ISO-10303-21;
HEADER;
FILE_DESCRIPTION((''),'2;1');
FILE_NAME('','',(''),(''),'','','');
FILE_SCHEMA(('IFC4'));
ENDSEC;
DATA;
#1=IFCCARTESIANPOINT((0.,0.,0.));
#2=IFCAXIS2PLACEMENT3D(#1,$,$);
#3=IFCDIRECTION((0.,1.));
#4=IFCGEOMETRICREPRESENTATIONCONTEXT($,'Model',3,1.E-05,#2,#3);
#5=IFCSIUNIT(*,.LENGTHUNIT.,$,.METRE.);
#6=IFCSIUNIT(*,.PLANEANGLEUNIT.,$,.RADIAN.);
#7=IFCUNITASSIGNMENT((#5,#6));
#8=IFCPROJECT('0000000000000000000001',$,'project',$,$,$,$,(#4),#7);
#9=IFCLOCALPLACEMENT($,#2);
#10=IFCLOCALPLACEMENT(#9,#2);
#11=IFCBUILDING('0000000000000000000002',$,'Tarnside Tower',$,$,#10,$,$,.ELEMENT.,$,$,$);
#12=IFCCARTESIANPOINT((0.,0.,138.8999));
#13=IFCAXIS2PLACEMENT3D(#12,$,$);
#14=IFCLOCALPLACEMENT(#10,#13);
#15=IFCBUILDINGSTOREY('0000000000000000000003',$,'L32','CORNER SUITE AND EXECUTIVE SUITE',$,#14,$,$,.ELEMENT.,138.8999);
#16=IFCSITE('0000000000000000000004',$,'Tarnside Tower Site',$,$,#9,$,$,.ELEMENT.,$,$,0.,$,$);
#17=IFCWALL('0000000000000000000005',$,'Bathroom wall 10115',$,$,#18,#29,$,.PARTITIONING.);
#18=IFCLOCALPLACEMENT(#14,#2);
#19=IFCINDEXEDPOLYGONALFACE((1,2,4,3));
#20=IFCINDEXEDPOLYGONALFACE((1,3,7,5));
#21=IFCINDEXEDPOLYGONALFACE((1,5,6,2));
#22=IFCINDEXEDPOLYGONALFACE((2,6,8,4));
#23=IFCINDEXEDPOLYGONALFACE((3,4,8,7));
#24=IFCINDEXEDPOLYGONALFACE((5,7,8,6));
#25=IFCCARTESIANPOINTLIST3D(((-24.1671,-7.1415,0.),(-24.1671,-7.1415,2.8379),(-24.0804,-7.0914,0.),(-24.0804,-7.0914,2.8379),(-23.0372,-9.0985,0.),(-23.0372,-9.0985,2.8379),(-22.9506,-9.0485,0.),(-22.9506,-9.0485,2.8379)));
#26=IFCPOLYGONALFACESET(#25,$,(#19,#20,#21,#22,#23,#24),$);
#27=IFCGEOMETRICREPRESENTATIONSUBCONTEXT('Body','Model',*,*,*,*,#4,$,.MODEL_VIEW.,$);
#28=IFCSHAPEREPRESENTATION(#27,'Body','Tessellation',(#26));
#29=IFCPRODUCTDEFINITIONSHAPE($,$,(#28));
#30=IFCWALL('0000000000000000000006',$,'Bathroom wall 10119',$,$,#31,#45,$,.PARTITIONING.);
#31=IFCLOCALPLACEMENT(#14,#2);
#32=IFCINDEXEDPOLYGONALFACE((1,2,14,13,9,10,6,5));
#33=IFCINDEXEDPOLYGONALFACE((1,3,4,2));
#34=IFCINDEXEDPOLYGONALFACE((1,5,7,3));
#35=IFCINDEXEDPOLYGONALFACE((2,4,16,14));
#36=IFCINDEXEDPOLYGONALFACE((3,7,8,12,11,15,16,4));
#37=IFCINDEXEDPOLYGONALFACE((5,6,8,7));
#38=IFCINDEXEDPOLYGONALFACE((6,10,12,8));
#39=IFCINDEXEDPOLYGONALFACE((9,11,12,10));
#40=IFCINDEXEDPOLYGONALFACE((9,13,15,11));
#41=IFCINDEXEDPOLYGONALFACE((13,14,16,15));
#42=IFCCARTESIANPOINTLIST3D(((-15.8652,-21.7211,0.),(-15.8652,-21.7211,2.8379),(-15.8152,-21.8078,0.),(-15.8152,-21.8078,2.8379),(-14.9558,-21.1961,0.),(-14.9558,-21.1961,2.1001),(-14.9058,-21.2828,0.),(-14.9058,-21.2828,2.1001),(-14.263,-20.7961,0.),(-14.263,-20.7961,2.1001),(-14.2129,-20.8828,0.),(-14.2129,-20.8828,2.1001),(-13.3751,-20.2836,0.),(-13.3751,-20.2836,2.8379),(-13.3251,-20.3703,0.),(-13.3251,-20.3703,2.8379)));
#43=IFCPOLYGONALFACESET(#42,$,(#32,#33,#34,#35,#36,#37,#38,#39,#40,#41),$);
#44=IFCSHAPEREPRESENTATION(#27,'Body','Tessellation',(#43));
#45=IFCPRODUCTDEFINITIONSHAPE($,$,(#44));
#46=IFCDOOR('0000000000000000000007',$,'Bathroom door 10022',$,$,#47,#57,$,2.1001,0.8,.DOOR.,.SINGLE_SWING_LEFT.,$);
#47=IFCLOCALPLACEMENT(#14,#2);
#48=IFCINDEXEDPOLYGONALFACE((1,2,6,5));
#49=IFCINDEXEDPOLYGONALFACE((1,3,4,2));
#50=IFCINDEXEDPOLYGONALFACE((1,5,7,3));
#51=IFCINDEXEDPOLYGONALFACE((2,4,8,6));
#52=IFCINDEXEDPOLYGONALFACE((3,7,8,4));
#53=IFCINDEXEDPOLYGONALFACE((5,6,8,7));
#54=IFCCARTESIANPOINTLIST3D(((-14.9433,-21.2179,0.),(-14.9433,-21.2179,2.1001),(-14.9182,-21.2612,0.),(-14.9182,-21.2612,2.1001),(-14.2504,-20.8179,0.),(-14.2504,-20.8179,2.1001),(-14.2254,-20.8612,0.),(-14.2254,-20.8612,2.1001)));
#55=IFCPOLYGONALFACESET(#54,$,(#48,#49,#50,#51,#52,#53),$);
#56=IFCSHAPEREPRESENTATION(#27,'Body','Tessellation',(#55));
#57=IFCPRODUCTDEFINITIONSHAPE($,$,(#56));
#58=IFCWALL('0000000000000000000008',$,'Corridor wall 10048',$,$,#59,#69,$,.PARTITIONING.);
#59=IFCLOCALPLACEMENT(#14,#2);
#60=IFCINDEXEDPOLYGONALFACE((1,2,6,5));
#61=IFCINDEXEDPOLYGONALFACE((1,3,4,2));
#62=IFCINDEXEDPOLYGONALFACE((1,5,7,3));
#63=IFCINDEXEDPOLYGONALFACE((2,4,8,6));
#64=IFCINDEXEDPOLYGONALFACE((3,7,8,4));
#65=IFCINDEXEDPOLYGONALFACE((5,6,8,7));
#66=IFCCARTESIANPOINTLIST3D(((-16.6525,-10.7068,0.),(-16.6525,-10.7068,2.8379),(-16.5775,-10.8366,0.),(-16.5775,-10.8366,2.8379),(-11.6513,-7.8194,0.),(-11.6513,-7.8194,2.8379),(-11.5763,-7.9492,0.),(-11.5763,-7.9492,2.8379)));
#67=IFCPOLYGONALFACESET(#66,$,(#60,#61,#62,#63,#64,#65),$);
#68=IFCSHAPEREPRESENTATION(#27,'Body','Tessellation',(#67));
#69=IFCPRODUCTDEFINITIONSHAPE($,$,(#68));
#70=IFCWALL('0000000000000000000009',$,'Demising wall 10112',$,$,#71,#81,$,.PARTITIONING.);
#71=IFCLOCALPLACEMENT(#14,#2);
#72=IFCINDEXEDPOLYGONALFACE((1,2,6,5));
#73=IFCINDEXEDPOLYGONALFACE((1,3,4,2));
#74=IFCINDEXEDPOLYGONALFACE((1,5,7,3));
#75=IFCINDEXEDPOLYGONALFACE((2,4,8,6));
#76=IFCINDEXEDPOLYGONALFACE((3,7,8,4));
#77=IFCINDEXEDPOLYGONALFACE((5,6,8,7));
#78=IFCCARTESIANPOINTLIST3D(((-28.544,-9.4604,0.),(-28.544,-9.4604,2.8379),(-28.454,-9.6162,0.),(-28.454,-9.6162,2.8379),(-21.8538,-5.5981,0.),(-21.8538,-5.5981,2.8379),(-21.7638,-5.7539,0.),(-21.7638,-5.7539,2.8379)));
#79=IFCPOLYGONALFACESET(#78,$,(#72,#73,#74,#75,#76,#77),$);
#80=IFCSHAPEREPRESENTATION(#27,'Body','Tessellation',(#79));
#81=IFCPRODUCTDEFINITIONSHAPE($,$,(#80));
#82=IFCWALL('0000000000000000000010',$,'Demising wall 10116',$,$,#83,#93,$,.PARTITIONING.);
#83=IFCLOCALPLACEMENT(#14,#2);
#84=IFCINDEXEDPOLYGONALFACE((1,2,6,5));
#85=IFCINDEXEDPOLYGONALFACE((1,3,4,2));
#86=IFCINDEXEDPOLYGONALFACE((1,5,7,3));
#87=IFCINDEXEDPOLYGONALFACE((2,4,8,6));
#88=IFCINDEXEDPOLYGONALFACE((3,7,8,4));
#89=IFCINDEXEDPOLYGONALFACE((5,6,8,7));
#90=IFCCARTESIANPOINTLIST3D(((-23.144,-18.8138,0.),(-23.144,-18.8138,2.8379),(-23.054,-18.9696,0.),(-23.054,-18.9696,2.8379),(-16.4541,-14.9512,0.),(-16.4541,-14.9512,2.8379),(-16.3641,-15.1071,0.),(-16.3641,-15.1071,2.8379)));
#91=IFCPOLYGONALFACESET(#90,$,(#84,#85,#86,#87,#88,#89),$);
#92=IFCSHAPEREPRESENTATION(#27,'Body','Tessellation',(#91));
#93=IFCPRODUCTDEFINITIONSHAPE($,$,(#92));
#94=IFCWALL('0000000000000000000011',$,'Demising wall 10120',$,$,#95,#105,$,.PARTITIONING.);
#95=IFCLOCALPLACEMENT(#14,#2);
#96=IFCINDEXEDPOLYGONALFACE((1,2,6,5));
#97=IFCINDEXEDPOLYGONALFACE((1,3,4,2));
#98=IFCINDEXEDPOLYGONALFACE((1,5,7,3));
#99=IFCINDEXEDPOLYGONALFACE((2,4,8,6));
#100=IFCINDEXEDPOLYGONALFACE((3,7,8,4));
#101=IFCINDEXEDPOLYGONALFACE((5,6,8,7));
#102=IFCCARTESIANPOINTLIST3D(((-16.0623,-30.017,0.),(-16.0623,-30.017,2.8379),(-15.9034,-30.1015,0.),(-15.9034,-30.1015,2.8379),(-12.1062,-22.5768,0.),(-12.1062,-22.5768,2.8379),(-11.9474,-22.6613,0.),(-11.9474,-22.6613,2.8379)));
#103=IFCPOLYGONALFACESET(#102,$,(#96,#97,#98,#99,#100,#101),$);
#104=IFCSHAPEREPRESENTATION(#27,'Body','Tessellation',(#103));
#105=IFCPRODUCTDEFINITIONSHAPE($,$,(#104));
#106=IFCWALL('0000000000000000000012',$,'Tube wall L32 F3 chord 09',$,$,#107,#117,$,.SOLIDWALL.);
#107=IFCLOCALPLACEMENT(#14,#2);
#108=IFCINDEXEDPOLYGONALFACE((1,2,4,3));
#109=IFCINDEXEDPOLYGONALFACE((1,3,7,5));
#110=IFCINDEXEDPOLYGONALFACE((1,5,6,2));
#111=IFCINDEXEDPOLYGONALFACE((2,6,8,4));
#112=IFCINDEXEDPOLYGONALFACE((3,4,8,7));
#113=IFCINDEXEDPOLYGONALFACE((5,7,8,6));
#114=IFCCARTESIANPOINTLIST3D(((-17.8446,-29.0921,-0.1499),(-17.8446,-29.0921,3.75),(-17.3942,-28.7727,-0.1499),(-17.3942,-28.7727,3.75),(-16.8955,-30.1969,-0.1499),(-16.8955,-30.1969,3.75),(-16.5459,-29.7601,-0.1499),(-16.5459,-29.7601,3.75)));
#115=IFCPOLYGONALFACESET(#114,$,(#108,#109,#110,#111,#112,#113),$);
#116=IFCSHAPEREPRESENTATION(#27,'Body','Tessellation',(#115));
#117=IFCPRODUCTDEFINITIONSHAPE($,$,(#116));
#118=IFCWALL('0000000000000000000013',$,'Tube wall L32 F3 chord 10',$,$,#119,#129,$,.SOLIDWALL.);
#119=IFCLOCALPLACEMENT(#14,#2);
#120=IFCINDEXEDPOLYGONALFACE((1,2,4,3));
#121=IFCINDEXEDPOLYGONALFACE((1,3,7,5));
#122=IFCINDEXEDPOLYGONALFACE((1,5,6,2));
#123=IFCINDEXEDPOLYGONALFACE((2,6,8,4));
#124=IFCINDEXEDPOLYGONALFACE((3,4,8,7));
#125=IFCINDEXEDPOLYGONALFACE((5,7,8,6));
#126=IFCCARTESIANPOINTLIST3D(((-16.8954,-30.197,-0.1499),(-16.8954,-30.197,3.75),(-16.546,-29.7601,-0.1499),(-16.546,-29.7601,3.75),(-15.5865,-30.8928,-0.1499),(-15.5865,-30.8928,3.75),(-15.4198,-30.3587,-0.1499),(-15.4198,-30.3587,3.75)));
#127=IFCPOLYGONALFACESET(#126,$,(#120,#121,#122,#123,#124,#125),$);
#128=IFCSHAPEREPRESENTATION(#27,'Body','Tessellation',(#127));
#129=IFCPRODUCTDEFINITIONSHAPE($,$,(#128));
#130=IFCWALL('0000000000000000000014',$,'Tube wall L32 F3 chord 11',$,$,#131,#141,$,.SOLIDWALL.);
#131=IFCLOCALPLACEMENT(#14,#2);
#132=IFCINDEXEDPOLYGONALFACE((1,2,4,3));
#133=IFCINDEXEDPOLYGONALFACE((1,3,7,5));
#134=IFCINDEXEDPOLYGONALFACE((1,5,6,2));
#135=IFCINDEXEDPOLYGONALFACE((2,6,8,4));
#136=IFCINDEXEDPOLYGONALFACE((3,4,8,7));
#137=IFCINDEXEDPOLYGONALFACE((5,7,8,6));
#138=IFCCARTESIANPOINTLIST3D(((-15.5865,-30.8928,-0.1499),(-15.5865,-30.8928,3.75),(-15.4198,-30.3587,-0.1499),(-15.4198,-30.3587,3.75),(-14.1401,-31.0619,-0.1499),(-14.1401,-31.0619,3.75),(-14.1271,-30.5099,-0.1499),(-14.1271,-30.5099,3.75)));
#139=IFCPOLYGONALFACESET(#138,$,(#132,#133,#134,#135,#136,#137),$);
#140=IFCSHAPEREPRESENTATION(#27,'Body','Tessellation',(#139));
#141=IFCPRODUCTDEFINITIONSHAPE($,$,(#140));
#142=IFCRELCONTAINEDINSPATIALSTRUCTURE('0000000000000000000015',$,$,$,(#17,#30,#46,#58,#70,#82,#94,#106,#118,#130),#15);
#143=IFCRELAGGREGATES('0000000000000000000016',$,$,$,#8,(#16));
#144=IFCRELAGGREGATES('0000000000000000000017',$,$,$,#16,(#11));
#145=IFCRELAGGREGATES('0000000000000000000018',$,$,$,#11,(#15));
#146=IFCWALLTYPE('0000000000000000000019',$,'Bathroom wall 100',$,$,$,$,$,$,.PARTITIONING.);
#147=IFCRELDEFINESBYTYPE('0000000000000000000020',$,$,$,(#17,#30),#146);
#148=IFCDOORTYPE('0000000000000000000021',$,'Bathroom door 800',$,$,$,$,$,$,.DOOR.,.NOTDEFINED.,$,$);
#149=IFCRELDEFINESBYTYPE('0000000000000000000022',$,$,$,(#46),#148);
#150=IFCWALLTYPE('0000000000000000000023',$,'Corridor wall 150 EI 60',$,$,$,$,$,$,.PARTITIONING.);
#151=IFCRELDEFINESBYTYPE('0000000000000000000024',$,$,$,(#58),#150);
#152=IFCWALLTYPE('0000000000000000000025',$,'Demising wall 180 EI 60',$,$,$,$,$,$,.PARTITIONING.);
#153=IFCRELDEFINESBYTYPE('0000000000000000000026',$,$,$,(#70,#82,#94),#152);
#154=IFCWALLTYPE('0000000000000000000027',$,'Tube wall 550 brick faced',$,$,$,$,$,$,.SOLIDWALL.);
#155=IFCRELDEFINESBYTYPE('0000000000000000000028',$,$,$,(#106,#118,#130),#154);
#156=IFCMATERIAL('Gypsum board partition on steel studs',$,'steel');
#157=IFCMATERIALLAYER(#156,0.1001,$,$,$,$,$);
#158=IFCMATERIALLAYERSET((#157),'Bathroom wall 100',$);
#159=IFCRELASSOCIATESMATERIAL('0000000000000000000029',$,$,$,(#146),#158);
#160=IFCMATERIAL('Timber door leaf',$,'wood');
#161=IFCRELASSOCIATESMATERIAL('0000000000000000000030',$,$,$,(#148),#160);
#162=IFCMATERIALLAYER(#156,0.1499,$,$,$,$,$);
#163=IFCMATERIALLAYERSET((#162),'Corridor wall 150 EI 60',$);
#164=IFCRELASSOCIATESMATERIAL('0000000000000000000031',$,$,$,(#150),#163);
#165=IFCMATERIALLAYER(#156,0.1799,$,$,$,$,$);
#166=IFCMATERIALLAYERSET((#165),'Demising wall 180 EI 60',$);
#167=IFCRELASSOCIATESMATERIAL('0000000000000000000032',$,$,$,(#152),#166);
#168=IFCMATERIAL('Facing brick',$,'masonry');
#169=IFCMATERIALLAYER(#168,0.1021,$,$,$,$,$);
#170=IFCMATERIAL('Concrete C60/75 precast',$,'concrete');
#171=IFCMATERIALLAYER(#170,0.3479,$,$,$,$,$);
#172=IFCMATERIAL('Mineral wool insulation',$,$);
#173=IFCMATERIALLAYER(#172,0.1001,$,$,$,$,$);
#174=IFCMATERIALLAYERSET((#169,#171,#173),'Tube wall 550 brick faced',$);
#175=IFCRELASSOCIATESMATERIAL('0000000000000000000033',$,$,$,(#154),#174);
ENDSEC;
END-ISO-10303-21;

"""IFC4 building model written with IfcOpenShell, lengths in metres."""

from ifc_helpers import new_model, si_unit, direction, frame, frame_2d, origin, place, context, subcontext, project, spatial, polyline, rectangle, outline, extrude, material, layer, layer_set, type_object, element, fill, save


model = new_model("IFC4")

# Units and contexts
model_context = context("Model", 3, precision=1e-05, world=origin(), true_north=direction((0.0, 1.0)))
body_context = subcontext(model_context, "Body", "Model", "MODEL_VIEW")
ifc_project = project(units=[si_unit("LENGTHUNIT", "METRE"), si_unit("PLANEANGLEUNIT", "RADIAN")], contexts=[model_context])

# Site, building, storey
site_placement = place(None, origin())
site = spatial("IfcSite", under=ifc_project, at=site_placement, Name="Tarnside Tower Site", CompositionType="ELEMENT", RefElevation=0.0)
building_placement = place(site_placement, origin())
building = spatial("IfcBuilding", under=site, at=building_placement, Name="Tarnside Tower", CompositionType="ELEMENT")
storey_placement = place(building_placement, frame((0.0, 0.0, 138.8999)))
storey = spatial("IfcBuildingStorey", under=building, at=storey_placement, Name="L32", Description="CORNER SUITE AND EXECUTIVE SUITE", CompositionType="ELEMENT", Elevation=138.8999)

# Wall
ifc_material_1 = material(Name="Gypsum board partition on steel studs", Category="steel")
ifc_layer_1 = layer(ifc_material_1, 0.1001)
ifc_layer_set_1 = layer_set([ifc_layer_1], Name="Bathroom wall 100")
wall_type_1 = type_object("IfcWallType", Name="Bathroom wall 100", PredefinedType="PARTITIONING", material=ifc_layer_set_1)
wall_1_placement = place(storey_placement, frame((-22.9939, -9.0735, 0.0), z_axis=(0.0, 0.0, 1.0), x_axis=(-0.499997, 0.866027, 0.0)))
element("IfcWall", 1, at=wall_1_placement, inside=storey, type_object=wall_type_1, Name="Bathroom wall 10115", PredefinedType="PARTITIONING", context=body_context, shape_type="SweptSolid", body=[
    extrude(rectangle(XDim=2.2598, YDim=0.1001, at=frame_2d((1.1299, 0.0))), origin(), (0.0, 0.0, 1.0), 2.8379),
])

# Wall, opening, door
wall_2_placement = place(storey_placement, frame((-15.8401, -21.7644, 0.0), z_axis=(0.0, 0.0, 1.0), x_axis=(0.86604, 0.499975, 0.0)))
wall_2 = element("IfcWall", 2, at=wall_2_placement, inside=storey, type_object=wall_type_1, Name="Bathroom wall 10119", PredefinedType="PARTITIONING", context=body_context, shape_type="SweptSolid", body=[
    extrude(rectangle(XDim=2.8752, YDim=0.1001, at=frame_2d((1.4375, 0.0))), origin(), (0.0, 0.0, 1.0), 2.8379),
])
opening_placement = place(wall_2_placement, frame((1.05, 0.0, 0.0)))
opening = element("IfcOpeningElement", 3, at=opening_placement, cuts=wall_2, PredefinedType="OPENING", context=body_context, shape_type="SweptSolid", body=[
    extrude(rectangle(XDim=0.8, YDim=2.1001, at=frame_2d((0.3999, 1.05))), frame((0.0, 0.0601, 0.0), z_axis=(0.0, -1.0, 0.0), x_axis=(1.0, 0.0, 0.0)), (0.0, 0.0, 1.0), 0.1201),
])
ifc_material_2 = material(Name="Timber door leaf", Category="wood")
door_type = type_object("IfcDoorType", Name="Bathroom door 800", OperationType="NOTDEFINED", PredefinedType="DOOR", material=ifc_material_2)
door_placement = place(opening_placement, origin())
door = element("IfcDoor", 4, at=door_placement, inside=storey, type_object=door_type, Name="Bathroom door 10022", OperationType="SINGLE_SWING_LEFT", OverallHeight=2.1001, OverallWidth=0.8, PredefinedType="DOOR", context=body_context, shape_type="SweptSolid", body=[
    extrude(rectangle(XDim=0.8, YDim=2.1001, at=frame_2d((0.3999, 1.05))), frame((0.0, 0.0249, 0.0), z_axis=(0.0, -1.0, 0.0), x_axis=(1.0, 0.0, 0.0)), (0.0, 0.0, 1.0), 0.05),
])
fill(opening, door)

# Walls
ifc_layer_2 = layer(ifc_material_1, 0.1499)
ifc_layer_set_2 = layer_set([ifc_layer_2], Name="Corridor wall 150 EI 60")
wall_type_2 = type_object("IfcWallType", Name="Corridor wall 150 EI 60", PredefinedType="PARTITIONING", material=ifc_layer_set_2)
wall_3_placement = place(storey_placement, frame((-16.615, -10.7717, 0.0), z_axis=(0.0, 0.0, 1.0), x_axis=(0.866026, 0.499999, 0.0)))
element("IfcWall", 5, at=wall_3_placement, inside=storey, type_object=wall_type_2, Name="Corridor wall 10048", PredefinedType="PARTITIONING", context=body_context, shape_type="SweptSolid", body=[
    extrude(rectangle(XDim=5.7749, YDim=0.1499, at=frame_2d((2.8875, 0.0))), origin(), (0.0, 0.0, 1.0), 2.8379),
])
ifc_layer_3 = layer(ifc_material_1, 0.1799)
ifc_layer_set_3 = layer_set([ifc_layer_3], Name="Demising wall 180 EI 60")
wall_type_3 = type_object("IfcWallType", Name="Demising wall 180 EI 60", PredefinedType="PARTITIONING", material=ifc_layer_set_3)
wall_4_placement = place(storey_placement, frame((-28.499, -9.5383, 0.0), z_axis=(0.0, 0.0, 1.0), x_axis=(0.866041, 0.499973, 0.0)))
element("IfcWall", 6, at=wall_4_placement, inside=storey, type_object=wall_type_3, Name="Demising wall 10112", PredefinedType="PARTITIONING", context=body_context, shape_type="SweptSolid", body=[
    extrude(rectangle(XDim=7.7251, YDim=0.1799, at=frame_2d((3.8625, 0.0))), origin(), (0.0, 0.0, 1.0), 2.8379),
])
wall_5_placement = place(storey_placement, frame((-23.0989, -18.8916, 0.0), z_axis=(0.0, 0.0, 1.0), x_axis=(0.866019, 0.500011, 0.0)))
element("IfcWall", 7, at=wall_5_placement, inside=storey, type_object=wall_type_3, Name="Demising wall 10116", PredefinedType="PARTITIONING", context=body_context, shape_type="SweptSolid", body=[
    extrude(rectangle(XDim=7.7249, YDim=0.1799, at=frame_2d((3.8623, 0.0))), origin(), (0.0, 0.0, 1.0), 2.8379),
])
wall_6_placement = place(storey_placement, frame((-15.9829, -30.0593, 0.0), z_axis=(0.0, 0.0, 1.0), x_axis=(0.469475, 0.882946, 0.0)))
element("IfcWall", 8, at=wall_6_placement, inside=storey, type_object=wall_type_3, Name="Demising wall 10120", PredefinedType="PARTITIONING", context=body_context, shape_type="SweptSolid", body=[
    extrude(rectangle(XDim=8.4265, YDim=0.1799, at=frame_2d((4.2134, 0.0))), origin(), (0.0, 0.0, 1.0), 2.8379),
])
ifc_material_3 = material(Name="Facing brick", Category="masonry")
ifc_layer_4 = layer(ifc_material_3, 0.1021)
ifc_material_4 = material(Name="Concrete C60/75 precast", Category="concrete")
ifc_layer_5 = layer(ifc_material_4, 0.3479)
ifc_material_5 = material(Name="Mineral wool insulation")
ifc_layer_6 = layer(ifc_material_5, 0.1001)
ifc_layer_set_4 = layer_set([ifc_layer_4, ifc_layer_5, ifc_layer_6], Name="Tube wall 550 brick faced")
wall_type_4 = type_object("IfcWallType", Name="Tube wall 550 brick faced", PredefinedType="SOLIDWALL", material=ifc_layer_set_4)
wall_7_placement = place(storey_placement, frame((-17.6194, -28.9324, -0.1499), z_axis=(0.0, 0.0, 1.0), x_axis=(0.651622, -0.758544, 0.0)))
element("IfcWall", 9, at=wall_7_placement, inside=storey, type_object=wall_type_4, Name="Tube wall L32 F3 chord 09", PredefinedType="SOLIDWALL", context=body_context, shape_type="SweptSolid", body=[
    extrude(outline(polyline([(-0.0256, -0.2749), (1.4309, -0.2749), (1.3274, 0.2749), (0.0256, 0.2749), (-0.0256, -0.2749)])), origin(), (0.0, 0.0, 1.0), 3.8999),
])
wall_8_placement = place(storey_placement, frame((-16.7207, -29.9785, -0.1499), z_axis=(0.0, 0.0, 1.0), x_axis=(0.882994, -0.469384, 0.0)))
element("IfcWall", 10, at=wall_8_placement, inside=storey, type_object=wall_type_4, Name="Tube wall L32 F3 chord 10", PredefinedType="SOLIDWALL", context=body_context, shape_type="SweptSolid", body=[
    extrude(outline(polyline([(-0.0518, -0.2749), (1.4307, -0.2749), (1.3271, 0.2749), (0.0518, 0.2749), (-0.0518, -0.2749)])), origin(), (0.0, 0.0, 1.0), 3.8999),
])
wall_9_placement = place(storey_placement, frame((-15.5032, -30.6257, -0.1499), z_axis=(0.0, 0.0, 1.0), x_axis=(0.993233, -0.116143, 0.0)))
element("IfcWall", 11, at=wall_9_placement, inside=storey, type_object=wall_type_4, Name="Tube wall L32 F3 chord 11", PredefinedType="SOLIDWALL", context=body_context, shape_type="SweptSolid", body=[
    extrude(outline(polyline([(-0.0518, -0.2749), (1.4045, -0.2749), (1.3533, 0.2749), (0.0518, 0.2749), (-0.0518, -0.2749)])), origin(), (0.0, 0.0, 1.0), 3.8999),
])

save(model, "model.ifc")
